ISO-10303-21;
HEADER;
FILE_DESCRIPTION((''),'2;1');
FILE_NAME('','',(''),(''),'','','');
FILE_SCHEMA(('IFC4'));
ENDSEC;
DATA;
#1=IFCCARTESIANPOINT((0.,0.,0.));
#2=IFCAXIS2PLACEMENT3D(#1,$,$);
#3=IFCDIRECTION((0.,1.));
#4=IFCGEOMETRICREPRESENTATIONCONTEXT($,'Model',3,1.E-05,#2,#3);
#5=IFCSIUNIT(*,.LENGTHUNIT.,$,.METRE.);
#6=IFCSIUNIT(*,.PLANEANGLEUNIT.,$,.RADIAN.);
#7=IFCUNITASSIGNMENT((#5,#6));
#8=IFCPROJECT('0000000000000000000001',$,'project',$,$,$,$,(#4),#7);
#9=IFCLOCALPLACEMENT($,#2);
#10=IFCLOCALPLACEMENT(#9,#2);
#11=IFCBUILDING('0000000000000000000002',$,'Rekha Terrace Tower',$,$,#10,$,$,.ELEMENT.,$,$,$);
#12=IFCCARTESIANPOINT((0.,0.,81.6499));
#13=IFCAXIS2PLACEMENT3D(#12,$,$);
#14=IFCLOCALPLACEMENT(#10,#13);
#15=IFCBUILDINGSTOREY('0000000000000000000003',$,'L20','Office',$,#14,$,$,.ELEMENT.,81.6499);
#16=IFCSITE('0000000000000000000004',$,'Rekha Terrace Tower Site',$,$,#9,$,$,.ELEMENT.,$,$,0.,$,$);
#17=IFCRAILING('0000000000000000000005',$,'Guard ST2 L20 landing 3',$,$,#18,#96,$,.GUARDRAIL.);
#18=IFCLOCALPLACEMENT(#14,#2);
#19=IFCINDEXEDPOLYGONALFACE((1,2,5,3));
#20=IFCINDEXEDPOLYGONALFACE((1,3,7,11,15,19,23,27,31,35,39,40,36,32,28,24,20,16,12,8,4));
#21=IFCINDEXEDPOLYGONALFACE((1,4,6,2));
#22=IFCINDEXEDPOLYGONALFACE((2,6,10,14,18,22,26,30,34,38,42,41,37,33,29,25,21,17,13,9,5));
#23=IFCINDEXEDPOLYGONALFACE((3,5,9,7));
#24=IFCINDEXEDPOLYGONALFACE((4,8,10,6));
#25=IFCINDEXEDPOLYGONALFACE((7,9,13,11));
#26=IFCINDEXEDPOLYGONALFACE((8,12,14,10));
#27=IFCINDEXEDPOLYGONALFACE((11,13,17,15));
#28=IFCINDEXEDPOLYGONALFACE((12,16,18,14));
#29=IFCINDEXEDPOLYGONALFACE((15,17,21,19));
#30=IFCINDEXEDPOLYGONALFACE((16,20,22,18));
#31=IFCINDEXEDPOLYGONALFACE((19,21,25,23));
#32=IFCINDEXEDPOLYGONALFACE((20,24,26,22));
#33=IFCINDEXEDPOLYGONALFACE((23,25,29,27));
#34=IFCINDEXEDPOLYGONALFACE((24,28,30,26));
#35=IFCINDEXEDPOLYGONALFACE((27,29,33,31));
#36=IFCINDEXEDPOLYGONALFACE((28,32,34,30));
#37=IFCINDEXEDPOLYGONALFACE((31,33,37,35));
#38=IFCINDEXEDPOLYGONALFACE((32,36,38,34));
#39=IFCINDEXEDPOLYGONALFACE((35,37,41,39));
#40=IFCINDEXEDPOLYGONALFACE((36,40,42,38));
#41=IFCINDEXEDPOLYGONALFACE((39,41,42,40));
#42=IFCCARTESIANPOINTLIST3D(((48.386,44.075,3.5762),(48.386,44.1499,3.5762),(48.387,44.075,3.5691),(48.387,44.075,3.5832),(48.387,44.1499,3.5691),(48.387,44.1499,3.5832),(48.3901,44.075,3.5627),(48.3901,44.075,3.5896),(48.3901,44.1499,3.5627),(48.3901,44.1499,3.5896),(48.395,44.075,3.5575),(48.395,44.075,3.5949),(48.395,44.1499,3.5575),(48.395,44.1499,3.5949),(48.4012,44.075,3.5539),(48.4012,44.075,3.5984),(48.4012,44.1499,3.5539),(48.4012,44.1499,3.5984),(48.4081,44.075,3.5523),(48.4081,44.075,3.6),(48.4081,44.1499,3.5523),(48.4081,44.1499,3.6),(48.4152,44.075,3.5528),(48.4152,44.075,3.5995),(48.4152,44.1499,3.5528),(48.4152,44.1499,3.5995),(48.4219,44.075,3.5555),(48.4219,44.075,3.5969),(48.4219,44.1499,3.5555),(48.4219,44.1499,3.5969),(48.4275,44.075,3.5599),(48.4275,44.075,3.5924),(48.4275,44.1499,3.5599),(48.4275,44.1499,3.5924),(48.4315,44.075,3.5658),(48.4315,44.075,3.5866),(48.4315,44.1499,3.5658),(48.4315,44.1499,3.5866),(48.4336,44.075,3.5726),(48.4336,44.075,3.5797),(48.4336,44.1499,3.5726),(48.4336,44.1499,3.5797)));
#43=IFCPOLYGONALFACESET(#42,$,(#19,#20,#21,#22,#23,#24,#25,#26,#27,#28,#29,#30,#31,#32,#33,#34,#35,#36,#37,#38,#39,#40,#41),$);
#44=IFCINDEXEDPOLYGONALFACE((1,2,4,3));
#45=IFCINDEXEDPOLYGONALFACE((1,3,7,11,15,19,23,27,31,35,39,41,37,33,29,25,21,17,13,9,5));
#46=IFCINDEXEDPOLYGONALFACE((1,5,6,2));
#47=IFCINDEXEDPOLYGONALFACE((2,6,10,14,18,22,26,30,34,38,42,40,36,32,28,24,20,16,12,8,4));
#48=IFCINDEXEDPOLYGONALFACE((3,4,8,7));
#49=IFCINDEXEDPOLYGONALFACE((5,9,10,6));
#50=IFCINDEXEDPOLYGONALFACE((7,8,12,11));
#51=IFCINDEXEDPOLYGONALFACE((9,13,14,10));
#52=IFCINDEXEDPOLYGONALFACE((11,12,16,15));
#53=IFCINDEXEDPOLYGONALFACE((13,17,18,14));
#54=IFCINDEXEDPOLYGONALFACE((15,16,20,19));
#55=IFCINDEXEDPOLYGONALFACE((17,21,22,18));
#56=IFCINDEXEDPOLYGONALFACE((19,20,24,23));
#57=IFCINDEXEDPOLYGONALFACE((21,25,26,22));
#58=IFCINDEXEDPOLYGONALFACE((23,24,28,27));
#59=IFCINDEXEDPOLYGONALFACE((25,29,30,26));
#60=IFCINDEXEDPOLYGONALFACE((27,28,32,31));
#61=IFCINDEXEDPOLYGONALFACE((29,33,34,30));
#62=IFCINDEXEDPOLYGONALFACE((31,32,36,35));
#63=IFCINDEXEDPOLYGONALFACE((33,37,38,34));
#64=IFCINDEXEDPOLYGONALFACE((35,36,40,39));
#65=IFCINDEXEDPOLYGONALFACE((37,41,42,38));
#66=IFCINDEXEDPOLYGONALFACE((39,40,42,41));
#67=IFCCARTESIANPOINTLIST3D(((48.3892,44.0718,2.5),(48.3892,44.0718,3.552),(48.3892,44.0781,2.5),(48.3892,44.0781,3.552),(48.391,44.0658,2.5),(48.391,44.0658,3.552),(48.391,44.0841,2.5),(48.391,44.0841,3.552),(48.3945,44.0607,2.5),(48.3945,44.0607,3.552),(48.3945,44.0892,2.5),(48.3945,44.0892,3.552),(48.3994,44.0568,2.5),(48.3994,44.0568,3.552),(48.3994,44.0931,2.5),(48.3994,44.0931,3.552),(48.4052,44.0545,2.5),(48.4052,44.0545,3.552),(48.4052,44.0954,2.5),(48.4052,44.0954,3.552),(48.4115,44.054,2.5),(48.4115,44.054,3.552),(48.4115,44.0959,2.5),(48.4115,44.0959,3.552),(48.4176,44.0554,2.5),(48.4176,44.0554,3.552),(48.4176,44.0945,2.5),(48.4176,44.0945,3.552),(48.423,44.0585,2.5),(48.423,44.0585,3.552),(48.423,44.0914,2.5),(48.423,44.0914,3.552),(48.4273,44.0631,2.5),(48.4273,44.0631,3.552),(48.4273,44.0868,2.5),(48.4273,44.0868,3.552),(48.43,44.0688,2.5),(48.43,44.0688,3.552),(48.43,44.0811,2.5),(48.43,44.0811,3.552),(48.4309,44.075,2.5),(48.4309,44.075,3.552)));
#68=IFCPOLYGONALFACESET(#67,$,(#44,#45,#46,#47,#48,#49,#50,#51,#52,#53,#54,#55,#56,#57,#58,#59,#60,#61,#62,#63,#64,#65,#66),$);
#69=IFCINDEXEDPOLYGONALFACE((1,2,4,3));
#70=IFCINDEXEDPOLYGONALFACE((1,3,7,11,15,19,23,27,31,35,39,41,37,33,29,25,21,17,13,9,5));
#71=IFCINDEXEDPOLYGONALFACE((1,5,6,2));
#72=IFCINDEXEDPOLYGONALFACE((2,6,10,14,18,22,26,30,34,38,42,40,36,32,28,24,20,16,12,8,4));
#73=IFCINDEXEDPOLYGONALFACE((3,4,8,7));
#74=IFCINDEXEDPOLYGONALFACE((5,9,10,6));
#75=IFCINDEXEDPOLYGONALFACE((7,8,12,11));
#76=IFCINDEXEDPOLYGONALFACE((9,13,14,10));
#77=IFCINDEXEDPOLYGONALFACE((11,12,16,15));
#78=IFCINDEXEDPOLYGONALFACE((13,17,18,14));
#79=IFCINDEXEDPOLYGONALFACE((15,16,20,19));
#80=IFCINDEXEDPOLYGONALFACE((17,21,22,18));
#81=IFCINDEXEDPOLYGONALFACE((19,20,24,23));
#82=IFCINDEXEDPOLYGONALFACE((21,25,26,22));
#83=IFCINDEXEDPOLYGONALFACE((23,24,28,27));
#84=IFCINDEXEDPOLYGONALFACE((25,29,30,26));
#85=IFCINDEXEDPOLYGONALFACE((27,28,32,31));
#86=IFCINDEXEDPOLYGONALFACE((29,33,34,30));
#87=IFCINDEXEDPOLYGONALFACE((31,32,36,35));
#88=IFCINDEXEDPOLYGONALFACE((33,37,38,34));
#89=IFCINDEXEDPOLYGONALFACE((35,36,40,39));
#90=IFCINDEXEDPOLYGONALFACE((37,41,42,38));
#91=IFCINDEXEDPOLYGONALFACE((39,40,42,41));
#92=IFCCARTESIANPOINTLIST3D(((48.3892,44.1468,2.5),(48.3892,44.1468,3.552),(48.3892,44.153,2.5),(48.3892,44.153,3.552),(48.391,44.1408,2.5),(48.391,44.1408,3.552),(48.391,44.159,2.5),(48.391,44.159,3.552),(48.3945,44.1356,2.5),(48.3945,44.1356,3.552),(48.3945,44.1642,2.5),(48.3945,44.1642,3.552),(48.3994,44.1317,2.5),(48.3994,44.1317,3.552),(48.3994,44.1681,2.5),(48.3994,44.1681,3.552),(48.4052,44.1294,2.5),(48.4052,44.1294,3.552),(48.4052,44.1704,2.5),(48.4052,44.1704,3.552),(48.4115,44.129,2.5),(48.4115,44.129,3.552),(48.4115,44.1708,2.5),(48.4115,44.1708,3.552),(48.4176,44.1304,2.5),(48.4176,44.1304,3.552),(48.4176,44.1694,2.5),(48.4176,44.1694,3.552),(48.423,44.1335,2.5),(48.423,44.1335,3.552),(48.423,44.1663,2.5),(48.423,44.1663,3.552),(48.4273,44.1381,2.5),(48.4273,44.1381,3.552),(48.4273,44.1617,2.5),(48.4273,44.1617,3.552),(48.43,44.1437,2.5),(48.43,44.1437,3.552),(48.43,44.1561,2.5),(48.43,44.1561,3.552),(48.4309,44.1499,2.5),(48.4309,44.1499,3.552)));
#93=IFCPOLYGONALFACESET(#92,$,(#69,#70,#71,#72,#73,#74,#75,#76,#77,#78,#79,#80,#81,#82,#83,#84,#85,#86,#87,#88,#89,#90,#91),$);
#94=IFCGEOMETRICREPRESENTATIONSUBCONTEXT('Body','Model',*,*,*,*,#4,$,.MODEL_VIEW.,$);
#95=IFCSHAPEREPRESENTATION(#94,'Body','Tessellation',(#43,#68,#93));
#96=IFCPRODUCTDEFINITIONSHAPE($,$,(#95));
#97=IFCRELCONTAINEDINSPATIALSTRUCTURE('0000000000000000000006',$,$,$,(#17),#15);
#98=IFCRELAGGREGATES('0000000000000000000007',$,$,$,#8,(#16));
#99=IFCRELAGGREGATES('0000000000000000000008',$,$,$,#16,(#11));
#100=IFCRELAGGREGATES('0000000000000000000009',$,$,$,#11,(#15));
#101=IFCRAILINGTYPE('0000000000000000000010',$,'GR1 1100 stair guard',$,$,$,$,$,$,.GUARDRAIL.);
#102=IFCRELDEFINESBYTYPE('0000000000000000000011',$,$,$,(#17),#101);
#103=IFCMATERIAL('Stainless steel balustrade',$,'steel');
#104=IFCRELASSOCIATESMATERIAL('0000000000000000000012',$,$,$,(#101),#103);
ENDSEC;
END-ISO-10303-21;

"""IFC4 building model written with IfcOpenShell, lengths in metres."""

from ifc_helpers import new_model, si_unit, direction, frame, origin, origin_2d, place, context, subcontext, project, spatial, circle, extrude, material, type_object, element, save


model = new_model("IFC4")

# Units and contexts
model_context = context("Model", 3, precision=1e-05, world=origin(), true_north=direction((0.0, 1.0)))
body_context = subcontext(model_context, "Body", "Model", "MODEL_VIEW")
ifc_project = project(units=[si_unit("LENGTHUNIT", "METRE"), si_unit("PLANEANGLEUNIT", "RADIAN")], contexts=[model_context])

# Site, building, storey
site_placement = place(None, origin())
site = spatial("IfcSite", under=ifc_project, at=site_placement, Name="Rekha Terrace Tower Site", CompositionType="ELEMENT", RefElevation=0.0)
building_placement = place(site_placement, origin())
building = spatial("IfcBuilding", under=site, at=building_placement, Name="Rekha Terrace Tower", CompositionType="ELEMENT")
storey_placement = place(building_placement, frame((0.0, 0.0, 81.6499)))
storey = spatial("IfcBuildingStorey", under=building, at=storey_placement, Name="L20", Description="Office", CompositionType="ELEMENT", Elevation=81.6499)

# Railing
ifc_material_1 = material(Name="Stainless steel balustrade", Category="steel")
railing_type_1 = type_object("IfcRailingType", Name="GR1 1100 stair guard", PredefinedType="GUARDRAIL", material=ifc_material_1)
railing_1_placement = place(storey_placement, frame((48.4099, 44.075, 2.5)))
element("IfcRailing", 1, at=railing_1_placement, inside=storey, type_object=railing_type_1, Name="Guard ST2 L20 landing 3", PredefinedType="GUARDRAIL", context=body_context, shape_type="SweptSolid", body=[
    extrude(circle(Radius=0.0239, at=origin_2d()), frame((0.0, 0.0, 1.0762), z_axis=(0.0, 1.0, 0.0), x_axis=(-1.0, 0.0, 0.0)), (0.0, 0.0, 1.0), 0.075),
    extrude(circle(Radius=0.021, at=origin_2d()), origin(), (0.0, 0.0, 1.0), 1.052),
    extrude(circle(Radius=0.021, at=origin_2d()), frame((0.0, 0.075, 0.0)), (0.0, 0.0, 1.0), 1.052),
])

save(model, "model.ifc")
